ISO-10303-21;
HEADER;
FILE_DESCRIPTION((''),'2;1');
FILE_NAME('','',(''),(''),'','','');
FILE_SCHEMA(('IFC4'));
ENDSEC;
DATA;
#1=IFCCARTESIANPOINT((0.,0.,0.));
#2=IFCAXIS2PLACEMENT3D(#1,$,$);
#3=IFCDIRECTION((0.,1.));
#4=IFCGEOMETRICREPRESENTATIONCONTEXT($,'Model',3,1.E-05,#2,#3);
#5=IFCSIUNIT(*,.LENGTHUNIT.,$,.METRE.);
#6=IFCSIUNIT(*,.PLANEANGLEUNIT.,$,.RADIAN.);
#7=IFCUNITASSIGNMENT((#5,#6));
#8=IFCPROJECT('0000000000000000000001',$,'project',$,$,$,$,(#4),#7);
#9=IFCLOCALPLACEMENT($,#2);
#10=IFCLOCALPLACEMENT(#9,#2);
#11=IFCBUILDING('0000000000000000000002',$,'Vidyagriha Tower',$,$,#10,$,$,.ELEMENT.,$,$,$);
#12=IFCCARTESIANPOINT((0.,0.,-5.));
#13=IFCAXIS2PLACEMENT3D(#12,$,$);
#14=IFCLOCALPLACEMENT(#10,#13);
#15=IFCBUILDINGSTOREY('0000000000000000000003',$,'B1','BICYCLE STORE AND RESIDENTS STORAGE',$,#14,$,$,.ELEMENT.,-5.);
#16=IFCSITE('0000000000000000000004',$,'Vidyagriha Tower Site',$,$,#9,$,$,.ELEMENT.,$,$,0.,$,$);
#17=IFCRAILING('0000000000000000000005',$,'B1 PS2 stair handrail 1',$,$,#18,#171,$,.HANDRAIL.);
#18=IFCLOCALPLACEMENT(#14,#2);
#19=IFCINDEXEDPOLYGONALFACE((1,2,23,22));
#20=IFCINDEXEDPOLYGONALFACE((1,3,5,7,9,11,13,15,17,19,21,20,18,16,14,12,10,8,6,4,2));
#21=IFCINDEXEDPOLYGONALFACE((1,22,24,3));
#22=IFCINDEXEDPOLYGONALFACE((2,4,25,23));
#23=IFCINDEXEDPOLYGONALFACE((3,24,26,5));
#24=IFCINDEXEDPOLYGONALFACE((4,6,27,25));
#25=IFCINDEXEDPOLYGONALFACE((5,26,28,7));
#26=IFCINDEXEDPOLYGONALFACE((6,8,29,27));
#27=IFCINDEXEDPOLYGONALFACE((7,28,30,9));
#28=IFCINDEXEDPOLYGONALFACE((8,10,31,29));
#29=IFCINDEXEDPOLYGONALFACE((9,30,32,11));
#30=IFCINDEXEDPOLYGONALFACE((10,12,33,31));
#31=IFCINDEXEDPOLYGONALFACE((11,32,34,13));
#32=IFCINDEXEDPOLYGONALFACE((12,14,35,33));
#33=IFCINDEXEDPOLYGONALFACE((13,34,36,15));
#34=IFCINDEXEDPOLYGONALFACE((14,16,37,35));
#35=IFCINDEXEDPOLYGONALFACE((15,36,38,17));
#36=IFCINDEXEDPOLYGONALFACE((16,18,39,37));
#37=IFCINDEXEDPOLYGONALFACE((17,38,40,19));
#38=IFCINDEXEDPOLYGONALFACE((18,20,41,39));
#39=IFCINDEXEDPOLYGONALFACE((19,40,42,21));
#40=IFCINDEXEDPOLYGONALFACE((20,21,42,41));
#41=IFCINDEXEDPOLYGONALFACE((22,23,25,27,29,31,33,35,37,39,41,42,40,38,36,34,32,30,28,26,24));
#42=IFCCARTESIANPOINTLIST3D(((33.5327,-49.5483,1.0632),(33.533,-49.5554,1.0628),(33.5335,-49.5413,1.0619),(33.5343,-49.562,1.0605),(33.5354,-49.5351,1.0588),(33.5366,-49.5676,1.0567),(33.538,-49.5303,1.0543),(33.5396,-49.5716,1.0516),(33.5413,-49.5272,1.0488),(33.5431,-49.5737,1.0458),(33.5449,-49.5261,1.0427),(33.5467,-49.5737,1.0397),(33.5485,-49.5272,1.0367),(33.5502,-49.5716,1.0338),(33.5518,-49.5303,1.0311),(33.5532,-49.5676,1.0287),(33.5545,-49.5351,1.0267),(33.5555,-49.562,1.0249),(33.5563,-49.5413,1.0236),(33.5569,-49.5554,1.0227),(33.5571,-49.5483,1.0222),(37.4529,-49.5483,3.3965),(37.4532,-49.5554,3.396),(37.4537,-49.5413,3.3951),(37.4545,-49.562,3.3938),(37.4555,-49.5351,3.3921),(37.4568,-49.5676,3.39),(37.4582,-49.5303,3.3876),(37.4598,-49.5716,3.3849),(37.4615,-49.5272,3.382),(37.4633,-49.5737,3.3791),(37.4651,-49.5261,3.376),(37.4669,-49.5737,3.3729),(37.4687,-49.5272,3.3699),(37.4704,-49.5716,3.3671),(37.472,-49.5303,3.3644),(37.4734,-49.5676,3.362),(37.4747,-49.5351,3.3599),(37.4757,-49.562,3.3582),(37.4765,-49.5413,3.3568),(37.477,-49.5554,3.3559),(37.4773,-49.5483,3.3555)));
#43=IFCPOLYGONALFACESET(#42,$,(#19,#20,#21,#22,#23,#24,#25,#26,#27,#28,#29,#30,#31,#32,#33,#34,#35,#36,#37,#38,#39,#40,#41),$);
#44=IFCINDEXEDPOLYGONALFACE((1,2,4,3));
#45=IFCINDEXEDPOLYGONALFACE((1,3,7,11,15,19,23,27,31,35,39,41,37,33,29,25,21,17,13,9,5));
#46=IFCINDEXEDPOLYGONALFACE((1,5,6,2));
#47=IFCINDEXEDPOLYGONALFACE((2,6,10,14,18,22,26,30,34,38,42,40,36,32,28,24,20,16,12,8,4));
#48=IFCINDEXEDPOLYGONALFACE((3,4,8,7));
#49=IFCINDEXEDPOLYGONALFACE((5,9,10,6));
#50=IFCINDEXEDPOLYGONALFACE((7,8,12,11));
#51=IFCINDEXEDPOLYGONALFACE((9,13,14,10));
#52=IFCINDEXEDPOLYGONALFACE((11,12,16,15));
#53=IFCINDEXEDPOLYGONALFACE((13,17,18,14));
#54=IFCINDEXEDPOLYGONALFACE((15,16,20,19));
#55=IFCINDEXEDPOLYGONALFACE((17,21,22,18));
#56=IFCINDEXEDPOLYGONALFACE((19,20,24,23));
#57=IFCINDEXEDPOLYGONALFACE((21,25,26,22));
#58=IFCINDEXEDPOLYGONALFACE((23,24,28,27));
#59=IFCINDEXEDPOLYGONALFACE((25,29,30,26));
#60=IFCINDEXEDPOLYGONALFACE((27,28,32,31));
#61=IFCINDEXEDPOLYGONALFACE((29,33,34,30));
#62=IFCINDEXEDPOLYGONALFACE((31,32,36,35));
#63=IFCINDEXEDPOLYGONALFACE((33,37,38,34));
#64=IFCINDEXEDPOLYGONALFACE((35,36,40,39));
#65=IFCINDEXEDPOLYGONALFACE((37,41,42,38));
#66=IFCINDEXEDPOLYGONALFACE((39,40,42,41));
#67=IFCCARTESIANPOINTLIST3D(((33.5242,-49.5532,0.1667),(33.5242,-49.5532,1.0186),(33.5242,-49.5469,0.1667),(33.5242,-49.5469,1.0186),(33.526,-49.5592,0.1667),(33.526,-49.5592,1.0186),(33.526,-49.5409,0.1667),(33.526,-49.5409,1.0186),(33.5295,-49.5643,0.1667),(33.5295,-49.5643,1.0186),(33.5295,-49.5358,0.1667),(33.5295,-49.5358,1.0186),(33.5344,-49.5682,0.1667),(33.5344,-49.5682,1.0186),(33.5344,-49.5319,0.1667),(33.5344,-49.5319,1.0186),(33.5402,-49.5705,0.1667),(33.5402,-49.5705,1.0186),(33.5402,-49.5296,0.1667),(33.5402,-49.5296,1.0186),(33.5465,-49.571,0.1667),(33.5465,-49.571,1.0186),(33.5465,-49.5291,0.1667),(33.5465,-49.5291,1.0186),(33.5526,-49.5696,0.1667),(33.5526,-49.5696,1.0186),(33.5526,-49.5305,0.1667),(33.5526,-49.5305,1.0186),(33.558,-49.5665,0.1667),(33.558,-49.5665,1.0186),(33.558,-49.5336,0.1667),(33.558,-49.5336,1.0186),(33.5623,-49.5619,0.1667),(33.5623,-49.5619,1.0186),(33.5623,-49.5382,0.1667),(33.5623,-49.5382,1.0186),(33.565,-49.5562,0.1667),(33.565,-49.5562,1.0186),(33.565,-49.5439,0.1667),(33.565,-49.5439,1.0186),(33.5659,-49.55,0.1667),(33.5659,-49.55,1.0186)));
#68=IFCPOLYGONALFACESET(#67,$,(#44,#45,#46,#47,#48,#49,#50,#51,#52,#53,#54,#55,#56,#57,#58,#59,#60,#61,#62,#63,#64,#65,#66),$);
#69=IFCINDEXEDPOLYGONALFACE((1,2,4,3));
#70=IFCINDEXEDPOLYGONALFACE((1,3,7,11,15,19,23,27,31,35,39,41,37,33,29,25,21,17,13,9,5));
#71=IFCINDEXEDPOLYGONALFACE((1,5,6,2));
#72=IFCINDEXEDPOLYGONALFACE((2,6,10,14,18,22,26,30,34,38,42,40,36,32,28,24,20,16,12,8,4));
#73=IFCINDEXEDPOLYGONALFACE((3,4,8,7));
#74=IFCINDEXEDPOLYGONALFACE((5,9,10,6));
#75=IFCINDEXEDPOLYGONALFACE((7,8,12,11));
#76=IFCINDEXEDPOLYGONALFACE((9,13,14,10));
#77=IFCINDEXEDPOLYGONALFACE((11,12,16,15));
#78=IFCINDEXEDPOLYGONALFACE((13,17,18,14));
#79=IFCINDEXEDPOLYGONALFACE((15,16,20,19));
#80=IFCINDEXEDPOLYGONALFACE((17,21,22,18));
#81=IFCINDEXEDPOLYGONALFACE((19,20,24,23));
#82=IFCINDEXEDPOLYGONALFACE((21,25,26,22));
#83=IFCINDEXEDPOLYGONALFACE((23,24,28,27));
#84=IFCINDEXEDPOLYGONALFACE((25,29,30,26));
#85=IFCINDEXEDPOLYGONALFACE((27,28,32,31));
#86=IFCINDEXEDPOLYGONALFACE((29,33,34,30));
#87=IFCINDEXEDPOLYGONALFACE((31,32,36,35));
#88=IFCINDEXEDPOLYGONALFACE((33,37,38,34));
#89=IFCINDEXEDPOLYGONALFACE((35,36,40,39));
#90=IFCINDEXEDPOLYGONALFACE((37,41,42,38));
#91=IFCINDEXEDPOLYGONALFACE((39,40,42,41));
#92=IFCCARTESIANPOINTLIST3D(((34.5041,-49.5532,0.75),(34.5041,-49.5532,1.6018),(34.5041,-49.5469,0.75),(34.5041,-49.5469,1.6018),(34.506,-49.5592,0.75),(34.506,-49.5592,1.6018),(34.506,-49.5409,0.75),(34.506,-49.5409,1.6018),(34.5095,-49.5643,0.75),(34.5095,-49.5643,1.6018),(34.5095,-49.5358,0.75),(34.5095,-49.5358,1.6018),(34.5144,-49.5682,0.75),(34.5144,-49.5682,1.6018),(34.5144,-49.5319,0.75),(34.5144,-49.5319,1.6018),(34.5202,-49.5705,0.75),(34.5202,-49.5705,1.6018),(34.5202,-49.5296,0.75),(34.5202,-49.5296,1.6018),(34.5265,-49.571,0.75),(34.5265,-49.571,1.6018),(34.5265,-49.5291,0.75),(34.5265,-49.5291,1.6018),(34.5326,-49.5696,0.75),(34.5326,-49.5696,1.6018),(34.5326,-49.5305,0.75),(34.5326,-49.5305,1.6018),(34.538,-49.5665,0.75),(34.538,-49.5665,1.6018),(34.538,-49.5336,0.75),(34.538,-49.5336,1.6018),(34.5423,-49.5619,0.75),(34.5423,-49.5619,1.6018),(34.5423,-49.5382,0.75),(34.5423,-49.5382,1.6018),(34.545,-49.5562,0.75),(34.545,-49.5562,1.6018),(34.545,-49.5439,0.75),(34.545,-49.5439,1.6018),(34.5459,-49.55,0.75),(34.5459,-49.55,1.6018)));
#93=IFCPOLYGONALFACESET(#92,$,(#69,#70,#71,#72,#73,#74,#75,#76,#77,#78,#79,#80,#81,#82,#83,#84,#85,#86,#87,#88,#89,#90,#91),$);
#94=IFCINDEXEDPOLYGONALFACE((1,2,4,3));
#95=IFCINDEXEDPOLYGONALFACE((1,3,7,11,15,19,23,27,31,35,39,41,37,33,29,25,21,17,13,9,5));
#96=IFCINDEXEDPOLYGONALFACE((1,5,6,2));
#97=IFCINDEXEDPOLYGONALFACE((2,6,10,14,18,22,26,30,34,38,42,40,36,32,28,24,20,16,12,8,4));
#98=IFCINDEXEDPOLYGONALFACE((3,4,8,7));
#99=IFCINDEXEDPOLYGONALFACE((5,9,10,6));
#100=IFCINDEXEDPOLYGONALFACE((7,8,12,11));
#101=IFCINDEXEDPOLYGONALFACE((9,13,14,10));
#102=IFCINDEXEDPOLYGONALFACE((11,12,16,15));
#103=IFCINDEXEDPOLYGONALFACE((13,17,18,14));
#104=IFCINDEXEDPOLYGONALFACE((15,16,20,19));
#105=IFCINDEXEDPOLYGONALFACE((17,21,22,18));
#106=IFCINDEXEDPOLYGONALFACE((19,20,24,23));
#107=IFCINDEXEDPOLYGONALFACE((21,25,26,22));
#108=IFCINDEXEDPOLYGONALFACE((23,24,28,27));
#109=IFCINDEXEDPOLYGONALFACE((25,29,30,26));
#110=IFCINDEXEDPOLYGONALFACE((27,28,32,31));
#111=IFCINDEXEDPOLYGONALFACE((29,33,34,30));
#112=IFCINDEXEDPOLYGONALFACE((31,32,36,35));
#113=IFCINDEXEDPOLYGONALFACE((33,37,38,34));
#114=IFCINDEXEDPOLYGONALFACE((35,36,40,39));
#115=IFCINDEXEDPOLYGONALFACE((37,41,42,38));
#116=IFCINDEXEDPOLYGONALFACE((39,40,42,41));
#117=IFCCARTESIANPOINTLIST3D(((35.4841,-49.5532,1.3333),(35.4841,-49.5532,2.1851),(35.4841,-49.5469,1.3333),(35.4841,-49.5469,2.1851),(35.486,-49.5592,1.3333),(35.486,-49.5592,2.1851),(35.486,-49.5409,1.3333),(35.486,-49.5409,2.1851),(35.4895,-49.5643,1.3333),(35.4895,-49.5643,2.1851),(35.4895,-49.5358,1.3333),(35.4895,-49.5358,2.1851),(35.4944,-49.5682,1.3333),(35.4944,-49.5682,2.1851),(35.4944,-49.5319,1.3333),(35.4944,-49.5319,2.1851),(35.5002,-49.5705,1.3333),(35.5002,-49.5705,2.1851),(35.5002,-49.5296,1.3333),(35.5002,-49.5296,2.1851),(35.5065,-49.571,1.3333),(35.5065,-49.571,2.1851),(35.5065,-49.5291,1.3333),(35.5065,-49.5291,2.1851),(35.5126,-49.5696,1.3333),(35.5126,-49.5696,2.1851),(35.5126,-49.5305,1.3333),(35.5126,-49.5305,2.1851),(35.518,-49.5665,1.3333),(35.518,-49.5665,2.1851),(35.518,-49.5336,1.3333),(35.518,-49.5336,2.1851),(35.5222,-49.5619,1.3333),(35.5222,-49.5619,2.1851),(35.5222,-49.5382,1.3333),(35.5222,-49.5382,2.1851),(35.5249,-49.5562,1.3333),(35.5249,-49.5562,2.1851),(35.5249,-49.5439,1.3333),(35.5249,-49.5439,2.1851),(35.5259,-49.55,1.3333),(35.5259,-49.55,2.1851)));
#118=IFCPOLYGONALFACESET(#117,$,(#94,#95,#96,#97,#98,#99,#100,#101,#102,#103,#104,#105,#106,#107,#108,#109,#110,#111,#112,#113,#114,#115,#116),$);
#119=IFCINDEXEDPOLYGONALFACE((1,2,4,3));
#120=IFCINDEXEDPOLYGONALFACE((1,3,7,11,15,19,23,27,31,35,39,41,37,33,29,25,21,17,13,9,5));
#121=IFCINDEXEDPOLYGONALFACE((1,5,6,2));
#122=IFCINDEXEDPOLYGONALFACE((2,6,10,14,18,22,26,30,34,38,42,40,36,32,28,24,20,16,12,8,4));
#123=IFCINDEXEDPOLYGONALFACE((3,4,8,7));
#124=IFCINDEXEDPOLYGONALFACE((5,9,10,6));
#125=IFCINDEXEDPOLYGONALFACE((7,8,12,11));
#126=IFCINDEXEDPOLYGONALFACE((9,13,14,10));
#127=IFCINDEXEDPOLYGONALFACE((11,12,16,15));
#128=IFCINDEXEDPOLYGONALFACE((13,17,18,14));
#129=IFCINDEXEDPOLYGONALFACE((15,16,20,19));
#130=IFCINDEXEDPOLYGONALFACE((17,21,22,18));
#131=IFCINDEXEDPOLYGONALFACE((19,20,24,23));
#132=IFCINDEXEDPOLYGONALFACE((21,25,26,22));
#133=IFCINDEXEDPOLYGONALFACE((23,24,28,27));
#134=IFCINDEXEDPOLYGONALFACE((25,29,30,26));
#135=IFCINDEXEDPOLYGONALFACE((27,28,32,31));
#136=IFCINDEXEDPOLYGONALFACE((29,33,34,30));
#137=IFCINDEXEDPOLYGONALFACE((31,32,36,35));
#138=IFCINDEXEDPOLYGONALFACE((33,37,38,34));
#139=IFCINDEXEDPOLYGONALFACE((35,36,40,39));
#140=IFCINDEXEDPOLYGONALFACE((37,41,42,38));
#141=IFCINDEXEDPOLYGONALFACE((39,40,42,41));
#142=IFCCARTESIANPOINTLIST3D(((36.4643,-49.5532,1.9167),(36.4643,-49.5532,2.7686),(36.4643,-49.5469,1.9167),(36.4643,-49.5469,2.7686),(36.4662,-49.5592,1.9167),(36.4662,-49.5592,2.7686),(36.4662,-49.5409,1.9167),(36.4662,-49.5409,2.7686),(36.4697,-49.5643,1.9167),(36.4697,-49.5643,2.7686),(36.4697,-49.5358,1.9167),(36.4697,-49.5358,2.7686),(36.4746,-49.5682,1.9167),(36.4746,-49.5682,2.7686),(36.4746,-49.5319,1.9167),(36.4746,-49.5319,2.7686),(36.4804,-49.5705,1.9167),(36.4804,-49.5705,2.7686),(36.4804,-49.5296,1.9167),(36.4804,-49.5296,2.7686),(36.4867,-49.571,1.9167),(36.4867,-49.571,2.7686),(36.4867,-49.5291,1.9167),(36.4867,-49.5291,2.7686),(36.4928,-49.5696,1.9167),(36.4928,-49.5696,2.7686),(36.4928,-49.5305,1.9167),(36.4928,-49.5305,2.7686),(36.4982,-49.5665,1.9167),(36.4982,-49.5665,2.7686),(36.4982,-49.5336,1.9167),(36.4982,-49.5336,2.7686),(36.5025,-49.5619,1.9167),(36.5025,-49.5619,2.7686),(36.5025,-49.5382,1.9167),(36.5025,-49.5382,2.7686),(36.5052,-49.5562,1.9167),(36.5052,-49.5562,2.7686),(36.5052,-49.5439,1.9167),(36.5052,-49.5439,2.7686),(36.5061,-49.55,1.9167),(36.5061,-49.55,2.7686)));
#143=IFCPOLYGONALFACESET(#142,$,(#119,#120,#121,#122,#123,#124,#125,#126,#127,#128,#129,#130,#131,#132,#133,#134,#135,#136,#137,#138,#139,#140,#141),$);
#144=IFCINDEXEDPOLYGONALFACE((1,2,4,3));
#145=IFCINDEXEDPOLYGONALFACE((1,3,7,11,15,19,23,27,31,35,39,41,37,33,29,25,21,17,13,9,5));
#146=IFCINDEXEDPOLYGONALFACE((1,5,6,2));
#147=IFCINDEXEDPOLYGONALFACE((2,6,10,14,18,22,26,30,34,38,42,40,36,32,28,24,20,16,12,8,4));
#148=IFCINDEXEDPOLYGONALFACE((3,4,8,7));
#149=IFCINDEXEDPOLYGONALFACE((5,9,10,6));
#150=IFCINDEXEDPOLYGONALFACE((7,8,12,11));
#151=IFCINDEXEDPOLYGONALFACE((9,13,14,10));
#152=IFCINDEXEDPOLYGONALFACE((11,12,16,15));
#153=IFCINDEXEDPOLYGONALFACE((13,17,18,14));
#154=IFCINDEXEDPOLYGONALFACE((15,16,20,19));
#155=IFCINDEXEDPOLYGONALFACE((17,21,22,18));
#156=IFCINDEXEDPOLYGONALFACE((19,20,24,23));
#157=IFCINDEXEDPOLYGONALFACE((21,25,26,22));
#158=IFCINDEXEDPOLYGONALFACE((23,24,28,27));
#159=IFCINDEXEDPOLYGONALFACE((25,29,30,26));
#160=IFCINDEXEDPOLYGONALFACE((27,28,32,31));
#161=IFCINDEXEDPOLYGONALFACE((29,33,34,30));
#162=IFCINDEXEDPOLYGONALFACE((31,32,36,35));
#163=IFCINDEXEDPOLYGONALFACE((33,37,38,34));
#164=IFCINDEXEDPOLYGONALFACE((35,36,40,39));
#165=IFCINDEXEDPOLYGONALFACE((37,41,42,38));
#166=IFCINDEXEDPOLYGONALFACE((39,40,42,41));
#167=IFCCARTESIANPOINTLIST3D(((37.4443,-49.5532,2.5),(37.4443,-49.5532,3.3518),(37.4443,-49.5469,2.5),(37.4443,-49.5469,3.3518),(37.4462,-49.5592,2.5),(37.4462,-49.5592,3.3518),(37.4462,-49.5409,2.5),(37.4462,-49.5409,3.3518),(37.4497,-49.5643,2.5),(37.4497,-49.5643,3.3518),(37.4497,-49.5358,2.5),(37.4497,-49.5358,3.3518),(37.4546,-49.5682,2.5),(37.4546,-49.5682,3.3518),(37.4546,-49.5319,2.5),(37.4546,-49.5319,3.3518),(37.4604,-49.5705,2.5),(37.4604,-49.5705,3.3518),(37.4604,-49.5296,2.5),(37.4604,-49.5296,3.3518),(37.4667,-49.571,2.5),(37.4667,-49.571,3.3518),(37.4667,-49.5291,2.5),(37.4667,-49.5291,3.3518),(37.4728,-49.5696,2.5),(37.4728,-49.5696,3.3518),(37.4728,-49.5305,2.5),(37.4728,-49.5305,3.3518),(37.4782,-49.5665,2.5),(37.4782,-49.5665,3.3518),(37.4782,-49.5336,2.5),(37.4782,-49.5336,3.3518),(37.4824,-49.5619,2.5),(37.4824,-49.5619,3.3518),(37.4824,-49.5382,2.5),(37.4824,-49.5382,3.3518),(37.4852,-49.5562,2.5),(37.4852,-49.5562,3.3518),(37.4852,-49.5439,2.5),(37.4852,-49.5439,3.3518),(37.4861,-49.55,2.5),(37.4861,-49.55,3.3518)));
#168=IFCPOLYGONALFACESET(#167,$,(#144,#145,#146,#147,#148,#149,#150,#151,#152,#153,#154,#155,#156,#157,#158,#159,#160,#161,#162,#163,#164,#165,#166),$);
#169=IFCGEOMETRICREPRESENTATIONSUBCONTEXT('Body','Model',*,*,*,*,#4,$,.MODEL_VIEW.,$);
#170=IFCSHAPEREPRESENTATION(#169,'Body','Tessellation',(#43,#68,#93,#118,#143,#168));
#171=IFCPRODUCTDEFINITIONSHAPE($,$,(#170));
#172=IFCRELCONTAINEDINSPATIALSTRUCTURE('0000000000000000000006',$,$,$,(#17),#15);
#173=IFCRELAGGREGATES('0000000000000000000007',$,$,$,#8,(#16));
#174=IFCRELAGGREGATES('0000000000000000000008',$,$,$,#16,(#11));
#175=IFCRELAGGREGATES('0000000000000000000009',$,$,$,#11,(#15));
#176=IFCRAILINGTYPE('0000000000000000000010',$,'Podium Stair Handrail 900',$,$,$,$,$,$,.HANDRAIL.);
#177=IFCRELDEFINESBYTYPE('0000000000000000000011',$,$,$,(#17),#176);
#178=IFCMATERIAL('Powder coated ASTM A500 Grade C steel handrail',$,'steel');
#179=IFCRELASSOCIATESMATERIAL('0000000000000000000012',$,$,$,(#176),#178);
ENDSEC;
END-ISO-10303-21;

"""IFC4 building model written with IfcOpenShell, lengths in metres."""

from ifc_helpers import new_model, si_unit, direction, frame, origin, origin_2d, place, context, subcontext, project, spatial, circle, extrude, material, type_object, element, save


model = new_model("IFC4")

# Units and contexts
model_context = context("Model", 3, precision=1e-05, world=origin(), true_north=direction((0.0, 1.0)))
body_context = subcontext(model_context, "Body", "Model", "MODEL_VIEW")
ifc_project = project(units=[si_unit("LENGTHUNIT", "METRE"), si_unit("PLANEANGLEUNIT", "RADIAN")], contexts=[model_context])

# Site, building, storey
site_placement = place(None, origin())
site = spatial("IfcSite", under=ifc_project, at=site_placement, Name="Vidyagriha Tower Site", CompositionType="ELEMENT", RefElevation=0.0)
building_placement = place(site_placement, origin())
building = spatial("IfcBuilding", under=site, at=building_placement, Name="Vidyagriha Tower", CompositionType="ELEMENT")
storey_placement = place(building_placement, frame((0.0, 0.0, -5.0)))
storey = spatial("IfcBuildingStorey", under=building, at=storey_placement, Name="B1", Description="BICYCLE STORE AND RESIDENTS STORAGE", CompositionType="ELEMENT", Elevation=-5.0)

# Railing
ifc_material_1 = material(Name="Powder coated ASTM A500 Grade C steel handrail", Category="steel")
railing_type_1 = type_object("IfcRailingType", Name="Podium Stair Handrail 900", PredefinedType="HANDRAIL", material=ifc_material_1)
railing_1_placement = place(storey_placement, frame((33.5449, -49.55, 0.1667)))
element("IfcRailing", 1, at=railing_1_placement, inside=storey, type_object=railing_type_1, Name="B1 PS2 stair handrail 1", PredefinedType="HANDRAIL", context=body_context, shape_type="SweptSolid", body=[
    extrude(circle(Radius=0.0239, at=origin_2d()), frame((0.0, 0.0, 0.876), z_axis=(0.85931, 0.0, 0.511455), x_axis=(0.0, 1.0, 0.0)), (0.0, 0.0, 1.0), 4.562),
    extrude(circle(Radius=0.021, at=origin_2d()), origin(), (0.0, 0.0, 1.0), 0.8518),
    extrude(circle(Radius=0.021, at=origin_2d()), frame((0.98, 0.0, 0.5833)), (0.0, 0.0, 1.0), 0.8518),
    extrude(circle(Radius=0.021, at=origin_2d()), frame((1.96, 0.0, 1.1665)), (0.0, 0.0, 1.0), 0.8518),
    extrude(circle(Radius=0.021, at=origin_2d()), frame((2.9402, 0.0, 1.75)), (0.0, 0.0, 1.0), 0.8518),
    extrude(circle(Radius=0.021, at=origin_2d()), frame((3.9202, 0.0, 2.3333)), (0.0, 0.0, 1.0), 0.8518),
])

save(model, "model.ifc")
